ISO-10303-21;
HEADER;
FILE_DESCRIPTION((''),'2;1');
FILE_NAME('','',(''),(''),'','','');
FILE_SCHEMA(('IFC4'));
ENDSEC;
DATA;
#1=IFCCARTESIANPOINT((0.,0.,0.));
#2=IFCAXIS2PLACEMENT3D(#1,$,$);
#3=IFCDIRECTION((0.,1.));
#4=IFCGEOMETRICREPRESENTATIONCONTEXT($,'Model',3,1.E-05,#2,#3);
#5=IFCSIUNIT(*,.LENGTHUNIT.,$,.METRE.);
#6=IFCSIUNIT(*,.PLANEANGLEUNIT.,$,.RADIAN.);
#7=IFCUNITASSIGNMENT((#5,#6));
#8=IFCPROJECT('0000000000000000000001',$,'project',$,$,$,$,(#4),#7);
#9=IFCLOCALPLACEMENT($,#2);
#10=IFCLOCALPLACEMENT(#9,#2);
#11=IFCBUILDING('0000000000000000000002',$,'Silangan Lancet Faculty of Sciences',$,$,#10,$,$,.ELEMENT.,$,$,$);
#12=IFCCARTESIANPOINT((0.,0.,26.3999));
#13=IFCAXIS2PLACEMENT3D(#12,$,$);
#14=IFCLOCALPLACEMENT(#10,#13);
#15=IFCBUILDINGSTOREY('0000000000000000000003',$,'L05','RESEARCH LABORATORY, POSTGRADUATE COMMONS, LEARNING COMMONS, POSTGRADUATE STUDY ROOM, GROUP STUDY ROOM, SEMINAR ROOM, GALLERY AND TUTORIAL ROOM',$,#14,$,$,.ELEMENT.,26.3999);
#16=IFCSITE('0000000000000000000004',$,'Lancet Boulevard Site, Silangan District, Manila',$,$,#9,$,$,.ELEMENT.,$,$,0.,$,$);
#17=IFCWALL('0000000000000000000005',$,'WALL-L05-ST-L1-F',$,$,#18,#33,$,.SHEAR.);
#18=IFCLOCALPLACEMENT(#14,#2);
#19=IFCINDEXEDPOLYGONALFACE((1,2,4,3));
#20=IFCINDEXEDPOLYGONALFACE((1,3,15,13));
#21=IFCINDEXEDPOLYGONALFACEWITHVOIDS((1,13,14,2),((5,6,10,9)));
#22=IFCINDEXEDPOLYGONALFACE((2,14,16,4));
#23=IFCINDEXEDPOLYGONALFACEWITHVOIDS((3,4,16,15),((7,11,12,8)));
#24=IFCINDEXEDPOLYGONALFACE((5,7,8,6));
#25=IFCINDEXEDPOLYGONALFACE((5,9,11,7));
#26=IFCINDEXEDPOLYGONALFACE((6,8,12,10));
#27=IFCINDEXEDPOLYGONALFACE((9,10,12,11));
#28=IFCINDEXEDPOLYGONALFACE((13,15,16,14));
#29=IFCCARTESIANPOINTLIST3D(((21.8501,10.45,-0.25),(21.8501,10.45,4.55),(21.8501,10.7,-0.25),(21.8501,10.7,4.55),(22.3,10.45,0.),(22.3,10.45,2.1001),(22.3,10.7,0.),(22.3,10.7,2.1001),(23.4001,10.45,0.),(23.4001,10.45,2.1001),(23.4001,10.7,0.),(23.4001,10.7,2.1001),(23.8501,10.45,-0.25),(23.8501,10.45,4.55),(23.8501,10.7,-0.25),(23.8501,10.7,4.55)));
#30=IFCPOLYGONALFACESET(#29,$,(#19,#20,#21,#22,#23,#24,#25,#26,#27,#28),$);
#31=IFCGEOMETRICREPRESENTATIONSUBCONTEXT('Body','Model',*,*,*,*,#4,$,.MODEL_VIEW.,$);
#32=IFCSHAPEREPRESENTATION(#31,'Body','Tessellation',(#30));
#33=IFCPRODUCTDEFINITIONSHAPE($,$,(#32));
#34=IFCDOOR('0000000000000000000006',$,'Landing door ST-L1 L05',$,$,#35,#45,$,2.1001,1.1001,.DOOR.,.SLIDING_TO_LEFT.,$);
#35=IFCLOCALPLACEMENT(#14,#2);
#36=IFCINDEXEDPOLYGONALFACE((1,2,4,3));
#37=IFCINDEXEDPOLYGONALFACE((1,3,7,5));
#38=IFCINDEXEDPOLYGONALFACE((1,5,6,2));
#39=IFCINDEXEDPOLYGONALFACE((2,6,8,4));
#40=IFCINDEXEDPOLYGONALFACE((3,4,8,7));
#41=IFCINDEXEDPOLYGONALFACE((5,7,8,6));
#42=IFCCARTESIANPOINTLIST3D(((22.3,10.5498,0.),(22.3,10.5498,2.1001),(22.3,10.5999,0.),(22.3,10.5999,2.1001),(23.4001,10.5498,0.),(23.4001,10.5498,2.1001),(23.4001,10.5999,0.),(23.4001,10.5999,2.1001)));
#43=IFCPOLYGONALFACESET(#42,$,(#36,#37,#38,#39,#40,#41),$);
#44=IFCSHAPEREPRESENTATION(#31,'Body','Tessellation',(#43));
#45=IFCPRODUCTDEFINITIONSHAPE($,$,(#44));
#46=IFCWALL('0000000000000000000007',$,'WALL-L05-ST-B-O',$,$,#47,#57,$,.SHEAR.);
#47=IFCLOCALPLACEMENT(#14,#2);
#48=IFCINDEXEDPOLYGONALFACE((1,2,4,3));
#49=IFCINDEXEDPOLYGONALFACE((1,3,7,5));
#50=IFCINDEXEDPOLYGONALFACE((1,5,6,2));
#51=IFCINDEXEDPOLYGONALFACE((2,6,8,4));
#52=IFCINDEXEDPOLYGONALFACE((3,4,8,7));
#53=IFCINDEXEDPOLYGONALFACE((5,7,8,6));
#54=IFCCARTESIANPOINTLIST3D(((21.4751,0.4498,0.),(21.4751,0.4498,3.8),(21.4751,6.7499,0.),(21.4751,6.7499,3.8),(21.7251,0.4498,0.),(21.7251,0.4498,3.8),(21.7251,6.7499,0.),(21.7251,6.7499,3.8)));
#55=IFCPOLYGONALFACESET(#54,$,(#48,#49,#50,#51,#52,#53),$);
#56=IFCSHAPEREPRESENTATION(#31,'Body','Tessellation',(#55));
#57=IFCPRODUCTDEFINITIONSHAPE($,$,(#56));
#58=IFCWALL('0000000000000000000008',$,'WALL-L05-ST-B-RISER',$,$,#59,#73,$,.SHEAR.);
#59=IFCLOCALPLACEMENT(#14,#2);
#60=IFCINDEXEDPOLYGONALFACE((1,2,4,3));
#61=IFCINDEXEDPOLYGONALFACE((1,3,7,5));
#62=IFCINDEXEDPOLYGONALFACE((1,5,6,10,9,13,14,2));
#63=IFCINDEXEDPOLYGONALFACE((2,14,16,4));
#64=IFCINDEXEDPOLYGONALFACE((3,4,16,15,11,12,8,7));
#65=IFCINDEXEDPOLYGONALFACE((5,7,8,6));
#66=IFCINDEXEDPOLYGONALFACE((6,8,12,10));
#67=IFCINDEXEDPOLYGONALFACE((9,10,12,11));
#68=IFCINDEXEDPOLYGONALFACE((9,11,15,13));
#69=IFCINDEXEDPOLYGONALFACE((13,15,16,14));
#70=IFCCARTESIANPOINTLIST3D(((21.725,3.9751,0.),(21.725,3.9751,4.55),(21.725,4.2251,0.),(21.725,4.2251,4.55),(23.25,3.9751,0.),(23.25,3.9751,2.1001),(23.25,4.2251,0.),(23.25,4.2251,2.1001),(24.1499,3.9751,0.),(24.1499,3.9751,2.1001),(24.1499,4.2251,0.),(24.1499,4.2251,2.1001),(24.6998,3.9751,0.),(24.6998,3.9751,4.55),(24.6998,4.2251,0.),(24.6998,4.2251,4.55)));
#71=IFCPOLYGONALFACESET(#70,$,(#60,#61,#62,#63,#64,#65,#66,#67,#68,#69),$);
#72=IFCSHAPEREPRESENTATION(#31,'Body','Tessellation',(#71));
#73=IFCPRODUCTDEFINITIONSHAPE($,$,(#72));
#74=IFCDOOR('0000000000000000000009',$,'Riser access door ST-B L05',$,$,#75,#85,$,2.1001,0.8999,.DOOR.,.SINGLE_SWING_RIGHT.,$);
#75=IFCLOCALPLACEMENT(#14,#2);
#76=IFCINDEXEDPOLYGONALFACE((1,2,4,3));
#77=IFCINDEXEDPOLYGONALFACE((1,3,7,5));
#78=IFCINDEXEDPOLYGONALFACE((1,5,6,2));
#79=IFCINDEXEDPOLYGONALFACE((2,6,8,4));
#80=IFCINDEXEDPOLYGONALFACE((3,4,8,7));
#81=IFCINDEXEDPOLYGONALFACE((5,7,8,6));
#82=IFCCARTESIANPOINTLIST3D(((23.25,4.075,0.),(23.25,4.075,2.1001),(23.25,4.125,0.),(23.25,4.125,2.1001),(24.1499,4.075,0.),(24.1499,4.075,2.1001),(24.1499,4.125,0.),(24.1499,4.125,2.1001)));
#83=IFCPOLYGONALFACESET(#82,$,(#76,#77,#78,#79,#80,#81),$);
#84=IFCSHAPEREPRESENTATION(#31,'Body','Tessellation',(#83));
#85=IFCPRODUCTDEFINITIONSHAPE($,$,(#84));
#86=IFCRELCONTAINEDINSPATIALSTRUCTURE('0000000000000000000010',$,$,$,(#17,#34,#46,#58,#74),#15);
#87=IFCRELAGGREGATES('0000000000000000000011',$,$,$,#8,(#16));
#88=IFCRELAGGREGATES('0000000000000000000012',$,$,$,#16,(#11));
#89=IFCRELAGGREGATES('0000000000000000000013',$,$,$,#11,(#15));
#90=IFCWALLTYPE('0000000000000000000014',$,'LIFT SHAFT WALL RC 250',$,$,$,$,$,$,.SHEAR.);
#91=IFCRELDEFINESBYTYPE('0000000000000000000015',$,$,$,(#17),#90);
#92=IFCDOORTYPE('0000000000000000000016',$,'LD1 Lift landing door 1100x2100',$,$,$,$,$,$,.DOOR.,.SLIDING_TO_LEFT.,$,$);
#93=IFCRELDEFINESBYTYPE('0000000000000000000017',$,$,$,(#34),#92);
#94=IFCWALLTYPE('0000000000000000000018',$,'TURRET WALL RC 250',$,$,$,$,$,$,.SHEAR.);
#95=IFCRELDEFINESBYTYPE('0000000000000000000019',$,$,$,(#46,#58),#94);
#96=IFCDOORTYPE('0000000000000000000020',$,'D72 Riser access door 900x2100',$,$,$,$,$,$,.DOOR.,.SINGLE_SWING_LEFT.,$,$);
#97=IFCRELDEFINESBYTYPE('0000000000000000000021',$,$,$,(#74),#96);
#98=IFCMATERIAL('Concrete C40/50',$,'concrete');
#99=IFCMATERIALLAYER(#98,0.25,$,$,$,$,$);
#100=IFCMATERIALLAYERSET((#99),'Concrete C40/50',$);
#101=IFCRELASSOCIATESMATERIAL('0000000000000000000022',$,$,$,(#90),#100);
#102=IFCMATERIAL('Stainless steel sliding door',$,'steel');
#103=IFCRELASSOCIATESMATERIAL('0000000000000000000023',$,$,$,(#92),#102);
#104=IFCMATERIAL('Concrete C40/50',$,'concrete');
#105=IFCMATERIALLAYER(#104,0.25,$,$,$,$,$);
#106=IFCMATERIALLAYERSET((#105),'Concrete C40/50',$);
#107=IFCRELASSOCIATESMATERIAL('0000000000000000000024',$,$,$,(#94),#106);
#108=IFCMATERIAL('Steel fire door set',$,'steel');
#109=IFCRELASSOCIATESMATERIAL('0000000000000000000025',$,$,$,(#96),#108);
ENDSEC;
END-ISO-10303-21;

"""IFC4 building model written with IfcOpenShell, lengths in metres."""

from ifc_helpers import new_model, si_unit, direction, frame, frame_2d, origin, place, context, subcontext, project, spatial, rectangle, extrude, material, layer, layer_set, type_object, element, fill, save


model = new_model("IFC4")

# Units and contexts
model_context = context("Model", 3, precision=1e-05, world=origin(), true_north=direction((0.0, 1.0)))
body_context = subcontext(model_context, "Body", "Model", "MODEL_VIEW")
ifc_project = project(units=[si_unit("LENGTHUNIT", "METRE"), si_unit("PLANEANGLEUNIT", "RADIAN")], contexts=[model_context])

# Site, building, storey
site_placement = place(None, origin())
site = spatial("IfcSite", under=ifc_project, at=site_placement, Name="Lancet Boulevard Site, Silangan District, Manila", CompositionType="ELEMENT", RefElevation=0.0)
building_placement = place(site_placement, origin())
building = spatial("IfcBuilding", under=site, at=building_placement, Name="Silangan Lancet Faculty of Sciences", CompositionType="ELEMENT")
storey_placement = place(building_placement, frame((0.0, 0.0, 26.3999)))
storey = spatial("IfcBuildingStorey", under=building, at=storey_placement, Name="L05", Description="RESEARCH LABORATORY, POSTGRADUATE COMMONS, LEARNING COMMONS, POSTGRADUATE STUDY ROOM, GROUP STUDY ROOM, SEMINAR ROOM, GALLERY AND TUTORIAL ROOM", CompositionType="ELEMENT", Elevation=26.3999)

# Shared definitions
ifc_material_1 = material(Name="Concrete C40/50", Category="concrete")
ifc_layer_1 = layer(ifc_material_1, 0.25)
ifc_layer_set_1 = layer_set([ifc_layer_1], Name="Concrete C40/50")
wall_type_1 = type_object("IfcWallType", Name="LIFT SHAFT WALL RC 250", PredefinedType="SHEAR", material=ifc_layer_set_1)

# Wall, opening, door
wall_1_placement = place(storey_placement, frame((21.8501, 10.575, -0.25), z_axis=(0.0, 0.0, 1.0), x_axis=(1.0, 0.0, 0.0)))
wall_1 = element("IfcWall", 1, at=wall_1_placement, inside=storey, type_object=wall_type_1, Name="WALL-L05-ST-L1-F", PredefinedType="SHEAR", context=body_context, shape_type="SweptSolid", body=[
    extrude(rectangle(XDim=2.0, YDim=0.25, at=frame_2d((1.0, 0.0))), origin(), (0.0, 0.0, 1.0), 4.8),
])
opening_1_placement = place(wall_1_placement, frame((0.45, 0.0, 0.25)))
opening_1 = element("IfcOpeningElement", 2, at=opening_1_placement, cuts=wall_1, PredefinedType="OPENING", context=body_context, shape_type="SweptSolid", body=[
    extrude(rectangle(XDim=1.1001, YDim=2.1001, at=frame_2d((0.55, 1.05))), frame((0.0, 0.135, 0.0), z_axis=(0.0, -1.0, 0.0), x_axis=(1.0, 0.0, 0.0)), (0.0, 0.0, 1.0), 0.27),
])
ifc_material_2 = material(Name="Stainless steel sliding door", Category="steel")
door_type_1 = type_object("IfcDoorType", Name="LD1 Lift landing door 1100x2100", OperationType="SLIDING_TO_LEFT", PredefinedType="DOOR", material=ifc_material_2)
door_1_placement = place(opening_1_placement, origin())
door_1 = element("IfcDoor", 3, at=door_1_placement, inside=storey, type_object=door_type_1, Name="Landing door ST-L1 L05", OperationType="SLIDING_TO_LEFT", OverallHeight=2.1001, OverallWidth=1.1001, PredefinedType="DOOR", context=body_context, shape_type="SweptSolid", body=[
    extrude(rectangle(XDim=1.1001, YDim=2.1001, at=frame_2d((0.55, 1.05))), frame((0.0, 0.0249, 0.0), z_axis=(0.0, -1.0, 0.0), x_axis=(1.0, 0.0, 0.0)), (0.0, 0.0, 1.0), 0.05),
])
fill(opening_1, door_1)

# Wall
ifc_material_3 = material(Name="Concrete C40/50", Category="concrete")
ifc_layer_2 = layer(ifc_material_3, 0.25)
ifc_layer_set_2 = layer_set([ifc_layer_2], Name="Concrete C40/50")
wall_type_2 = type_object("IfcWallType", Name="TURRET WALL RC 250", PredefinedType="SHEAR", material=ifc_layer_set_2)
wall_2_placement = place(storey_placement, frame((21.6001, 0.45, 0.0), z_axis=(0.0, 0.0, 1.0), x_axis=(0.0, 1.0, 0.0)))
element("IfcWall", 4, at=wall_2_placement, inside=storey, type_object=wall_type_2, Name="WALL-L05-ST-B-O", PredefinedType="SHEAR", context=body_context, shape_type="SweptSolid", body=[
    extrude(rectangle(XDim=6.3, YDim=0.25, at=frame_2d((3.1499, 0.0))), origin(), (0.0, 0.0, 1.0), 3.8),
])

# Wall, opening, door
wall_3_placement = place(storey_placement, frame((21.7251, 4.1001, 0.0), z_axis=(0.0, 0.0, 1.0), x_axis=(1.0, 0.0, 0.0)))
wall_3 = element("IfcWall", 5, at=wall_3_placement, inside=storey, type_object=wall_type_2, Name="WALL-L05-ST-B-RISER", PredefinedType="SHEAR", context=body_context, shape_type="SweptSolid", body=[
    extrude(rectangle(XDim=2.9749, YDim=0.25, at=frame_2d((1.4873, 0.0))), origin(), (0.0, 0.0, 1.0), 4.55),
])
opening_2_placement = place(wall_3_placement, frame((1.5249, 0.0, 0.0)))
opening_2 = element("IfcOpeningElement", 6, at=opening_2_placement, cuts=wall_3, PredefinedType="OPENING", context=body_context, shape_type="SweptSolid", body=[
    extrude(rectangle(XDim=0.8999, YDim=2.1001, at=frame_2d((0.45, 1.05))), frame((0.0, 0.135, 0.0), z_axis=(0.0, -1.0, 0.0), x_axis=(1.0, 0.0, 0.0)), (0.0, 0.0, 1.0), 0.27),
])
ifc_material_4 = material(Name="Steel fire door set", Category="steel")
door_type_2 = type_object("IfcDoorType", Name="D72 Riser access door 900x2100", OperationType="SINGLE_SWING_LEFT", PredefinedType="DOOR", material=ifc_material_4)
door_2_placement = place(opening_2_placement, frame((0.8999, 0.0, 0.0), z_axis=(0.0, 0.0, 1.0), x_axis=(-1.0, 0.0, 0.0)))
door_2 = element("IfcDoor", 7, at=door_2_placement, inside=storey, type_object=door_type_2, Name="Riser access door ST-B L05", OperationType="SINGLE_SWING_RIGHT", OverallHeight=2.1001, OverallWidth=0.8999, PredefinedType="DOOR", context=body_context, shape_type="SweptSolid", body=[
    extrude(rectangle(XDim=0.8999, YDim=2.1001, at=frame_2d((0.45, 1.05))), frame((0.0, 0.0251, 0.0), z_axis=(0.0, -1.0, 0.0), x_axis=(1.0, 0.0, 0.0)), (0.0, 0.0, 1.0), 0.05),
])
fill(opening_2, door_2)

save(model, "model.ifc")
